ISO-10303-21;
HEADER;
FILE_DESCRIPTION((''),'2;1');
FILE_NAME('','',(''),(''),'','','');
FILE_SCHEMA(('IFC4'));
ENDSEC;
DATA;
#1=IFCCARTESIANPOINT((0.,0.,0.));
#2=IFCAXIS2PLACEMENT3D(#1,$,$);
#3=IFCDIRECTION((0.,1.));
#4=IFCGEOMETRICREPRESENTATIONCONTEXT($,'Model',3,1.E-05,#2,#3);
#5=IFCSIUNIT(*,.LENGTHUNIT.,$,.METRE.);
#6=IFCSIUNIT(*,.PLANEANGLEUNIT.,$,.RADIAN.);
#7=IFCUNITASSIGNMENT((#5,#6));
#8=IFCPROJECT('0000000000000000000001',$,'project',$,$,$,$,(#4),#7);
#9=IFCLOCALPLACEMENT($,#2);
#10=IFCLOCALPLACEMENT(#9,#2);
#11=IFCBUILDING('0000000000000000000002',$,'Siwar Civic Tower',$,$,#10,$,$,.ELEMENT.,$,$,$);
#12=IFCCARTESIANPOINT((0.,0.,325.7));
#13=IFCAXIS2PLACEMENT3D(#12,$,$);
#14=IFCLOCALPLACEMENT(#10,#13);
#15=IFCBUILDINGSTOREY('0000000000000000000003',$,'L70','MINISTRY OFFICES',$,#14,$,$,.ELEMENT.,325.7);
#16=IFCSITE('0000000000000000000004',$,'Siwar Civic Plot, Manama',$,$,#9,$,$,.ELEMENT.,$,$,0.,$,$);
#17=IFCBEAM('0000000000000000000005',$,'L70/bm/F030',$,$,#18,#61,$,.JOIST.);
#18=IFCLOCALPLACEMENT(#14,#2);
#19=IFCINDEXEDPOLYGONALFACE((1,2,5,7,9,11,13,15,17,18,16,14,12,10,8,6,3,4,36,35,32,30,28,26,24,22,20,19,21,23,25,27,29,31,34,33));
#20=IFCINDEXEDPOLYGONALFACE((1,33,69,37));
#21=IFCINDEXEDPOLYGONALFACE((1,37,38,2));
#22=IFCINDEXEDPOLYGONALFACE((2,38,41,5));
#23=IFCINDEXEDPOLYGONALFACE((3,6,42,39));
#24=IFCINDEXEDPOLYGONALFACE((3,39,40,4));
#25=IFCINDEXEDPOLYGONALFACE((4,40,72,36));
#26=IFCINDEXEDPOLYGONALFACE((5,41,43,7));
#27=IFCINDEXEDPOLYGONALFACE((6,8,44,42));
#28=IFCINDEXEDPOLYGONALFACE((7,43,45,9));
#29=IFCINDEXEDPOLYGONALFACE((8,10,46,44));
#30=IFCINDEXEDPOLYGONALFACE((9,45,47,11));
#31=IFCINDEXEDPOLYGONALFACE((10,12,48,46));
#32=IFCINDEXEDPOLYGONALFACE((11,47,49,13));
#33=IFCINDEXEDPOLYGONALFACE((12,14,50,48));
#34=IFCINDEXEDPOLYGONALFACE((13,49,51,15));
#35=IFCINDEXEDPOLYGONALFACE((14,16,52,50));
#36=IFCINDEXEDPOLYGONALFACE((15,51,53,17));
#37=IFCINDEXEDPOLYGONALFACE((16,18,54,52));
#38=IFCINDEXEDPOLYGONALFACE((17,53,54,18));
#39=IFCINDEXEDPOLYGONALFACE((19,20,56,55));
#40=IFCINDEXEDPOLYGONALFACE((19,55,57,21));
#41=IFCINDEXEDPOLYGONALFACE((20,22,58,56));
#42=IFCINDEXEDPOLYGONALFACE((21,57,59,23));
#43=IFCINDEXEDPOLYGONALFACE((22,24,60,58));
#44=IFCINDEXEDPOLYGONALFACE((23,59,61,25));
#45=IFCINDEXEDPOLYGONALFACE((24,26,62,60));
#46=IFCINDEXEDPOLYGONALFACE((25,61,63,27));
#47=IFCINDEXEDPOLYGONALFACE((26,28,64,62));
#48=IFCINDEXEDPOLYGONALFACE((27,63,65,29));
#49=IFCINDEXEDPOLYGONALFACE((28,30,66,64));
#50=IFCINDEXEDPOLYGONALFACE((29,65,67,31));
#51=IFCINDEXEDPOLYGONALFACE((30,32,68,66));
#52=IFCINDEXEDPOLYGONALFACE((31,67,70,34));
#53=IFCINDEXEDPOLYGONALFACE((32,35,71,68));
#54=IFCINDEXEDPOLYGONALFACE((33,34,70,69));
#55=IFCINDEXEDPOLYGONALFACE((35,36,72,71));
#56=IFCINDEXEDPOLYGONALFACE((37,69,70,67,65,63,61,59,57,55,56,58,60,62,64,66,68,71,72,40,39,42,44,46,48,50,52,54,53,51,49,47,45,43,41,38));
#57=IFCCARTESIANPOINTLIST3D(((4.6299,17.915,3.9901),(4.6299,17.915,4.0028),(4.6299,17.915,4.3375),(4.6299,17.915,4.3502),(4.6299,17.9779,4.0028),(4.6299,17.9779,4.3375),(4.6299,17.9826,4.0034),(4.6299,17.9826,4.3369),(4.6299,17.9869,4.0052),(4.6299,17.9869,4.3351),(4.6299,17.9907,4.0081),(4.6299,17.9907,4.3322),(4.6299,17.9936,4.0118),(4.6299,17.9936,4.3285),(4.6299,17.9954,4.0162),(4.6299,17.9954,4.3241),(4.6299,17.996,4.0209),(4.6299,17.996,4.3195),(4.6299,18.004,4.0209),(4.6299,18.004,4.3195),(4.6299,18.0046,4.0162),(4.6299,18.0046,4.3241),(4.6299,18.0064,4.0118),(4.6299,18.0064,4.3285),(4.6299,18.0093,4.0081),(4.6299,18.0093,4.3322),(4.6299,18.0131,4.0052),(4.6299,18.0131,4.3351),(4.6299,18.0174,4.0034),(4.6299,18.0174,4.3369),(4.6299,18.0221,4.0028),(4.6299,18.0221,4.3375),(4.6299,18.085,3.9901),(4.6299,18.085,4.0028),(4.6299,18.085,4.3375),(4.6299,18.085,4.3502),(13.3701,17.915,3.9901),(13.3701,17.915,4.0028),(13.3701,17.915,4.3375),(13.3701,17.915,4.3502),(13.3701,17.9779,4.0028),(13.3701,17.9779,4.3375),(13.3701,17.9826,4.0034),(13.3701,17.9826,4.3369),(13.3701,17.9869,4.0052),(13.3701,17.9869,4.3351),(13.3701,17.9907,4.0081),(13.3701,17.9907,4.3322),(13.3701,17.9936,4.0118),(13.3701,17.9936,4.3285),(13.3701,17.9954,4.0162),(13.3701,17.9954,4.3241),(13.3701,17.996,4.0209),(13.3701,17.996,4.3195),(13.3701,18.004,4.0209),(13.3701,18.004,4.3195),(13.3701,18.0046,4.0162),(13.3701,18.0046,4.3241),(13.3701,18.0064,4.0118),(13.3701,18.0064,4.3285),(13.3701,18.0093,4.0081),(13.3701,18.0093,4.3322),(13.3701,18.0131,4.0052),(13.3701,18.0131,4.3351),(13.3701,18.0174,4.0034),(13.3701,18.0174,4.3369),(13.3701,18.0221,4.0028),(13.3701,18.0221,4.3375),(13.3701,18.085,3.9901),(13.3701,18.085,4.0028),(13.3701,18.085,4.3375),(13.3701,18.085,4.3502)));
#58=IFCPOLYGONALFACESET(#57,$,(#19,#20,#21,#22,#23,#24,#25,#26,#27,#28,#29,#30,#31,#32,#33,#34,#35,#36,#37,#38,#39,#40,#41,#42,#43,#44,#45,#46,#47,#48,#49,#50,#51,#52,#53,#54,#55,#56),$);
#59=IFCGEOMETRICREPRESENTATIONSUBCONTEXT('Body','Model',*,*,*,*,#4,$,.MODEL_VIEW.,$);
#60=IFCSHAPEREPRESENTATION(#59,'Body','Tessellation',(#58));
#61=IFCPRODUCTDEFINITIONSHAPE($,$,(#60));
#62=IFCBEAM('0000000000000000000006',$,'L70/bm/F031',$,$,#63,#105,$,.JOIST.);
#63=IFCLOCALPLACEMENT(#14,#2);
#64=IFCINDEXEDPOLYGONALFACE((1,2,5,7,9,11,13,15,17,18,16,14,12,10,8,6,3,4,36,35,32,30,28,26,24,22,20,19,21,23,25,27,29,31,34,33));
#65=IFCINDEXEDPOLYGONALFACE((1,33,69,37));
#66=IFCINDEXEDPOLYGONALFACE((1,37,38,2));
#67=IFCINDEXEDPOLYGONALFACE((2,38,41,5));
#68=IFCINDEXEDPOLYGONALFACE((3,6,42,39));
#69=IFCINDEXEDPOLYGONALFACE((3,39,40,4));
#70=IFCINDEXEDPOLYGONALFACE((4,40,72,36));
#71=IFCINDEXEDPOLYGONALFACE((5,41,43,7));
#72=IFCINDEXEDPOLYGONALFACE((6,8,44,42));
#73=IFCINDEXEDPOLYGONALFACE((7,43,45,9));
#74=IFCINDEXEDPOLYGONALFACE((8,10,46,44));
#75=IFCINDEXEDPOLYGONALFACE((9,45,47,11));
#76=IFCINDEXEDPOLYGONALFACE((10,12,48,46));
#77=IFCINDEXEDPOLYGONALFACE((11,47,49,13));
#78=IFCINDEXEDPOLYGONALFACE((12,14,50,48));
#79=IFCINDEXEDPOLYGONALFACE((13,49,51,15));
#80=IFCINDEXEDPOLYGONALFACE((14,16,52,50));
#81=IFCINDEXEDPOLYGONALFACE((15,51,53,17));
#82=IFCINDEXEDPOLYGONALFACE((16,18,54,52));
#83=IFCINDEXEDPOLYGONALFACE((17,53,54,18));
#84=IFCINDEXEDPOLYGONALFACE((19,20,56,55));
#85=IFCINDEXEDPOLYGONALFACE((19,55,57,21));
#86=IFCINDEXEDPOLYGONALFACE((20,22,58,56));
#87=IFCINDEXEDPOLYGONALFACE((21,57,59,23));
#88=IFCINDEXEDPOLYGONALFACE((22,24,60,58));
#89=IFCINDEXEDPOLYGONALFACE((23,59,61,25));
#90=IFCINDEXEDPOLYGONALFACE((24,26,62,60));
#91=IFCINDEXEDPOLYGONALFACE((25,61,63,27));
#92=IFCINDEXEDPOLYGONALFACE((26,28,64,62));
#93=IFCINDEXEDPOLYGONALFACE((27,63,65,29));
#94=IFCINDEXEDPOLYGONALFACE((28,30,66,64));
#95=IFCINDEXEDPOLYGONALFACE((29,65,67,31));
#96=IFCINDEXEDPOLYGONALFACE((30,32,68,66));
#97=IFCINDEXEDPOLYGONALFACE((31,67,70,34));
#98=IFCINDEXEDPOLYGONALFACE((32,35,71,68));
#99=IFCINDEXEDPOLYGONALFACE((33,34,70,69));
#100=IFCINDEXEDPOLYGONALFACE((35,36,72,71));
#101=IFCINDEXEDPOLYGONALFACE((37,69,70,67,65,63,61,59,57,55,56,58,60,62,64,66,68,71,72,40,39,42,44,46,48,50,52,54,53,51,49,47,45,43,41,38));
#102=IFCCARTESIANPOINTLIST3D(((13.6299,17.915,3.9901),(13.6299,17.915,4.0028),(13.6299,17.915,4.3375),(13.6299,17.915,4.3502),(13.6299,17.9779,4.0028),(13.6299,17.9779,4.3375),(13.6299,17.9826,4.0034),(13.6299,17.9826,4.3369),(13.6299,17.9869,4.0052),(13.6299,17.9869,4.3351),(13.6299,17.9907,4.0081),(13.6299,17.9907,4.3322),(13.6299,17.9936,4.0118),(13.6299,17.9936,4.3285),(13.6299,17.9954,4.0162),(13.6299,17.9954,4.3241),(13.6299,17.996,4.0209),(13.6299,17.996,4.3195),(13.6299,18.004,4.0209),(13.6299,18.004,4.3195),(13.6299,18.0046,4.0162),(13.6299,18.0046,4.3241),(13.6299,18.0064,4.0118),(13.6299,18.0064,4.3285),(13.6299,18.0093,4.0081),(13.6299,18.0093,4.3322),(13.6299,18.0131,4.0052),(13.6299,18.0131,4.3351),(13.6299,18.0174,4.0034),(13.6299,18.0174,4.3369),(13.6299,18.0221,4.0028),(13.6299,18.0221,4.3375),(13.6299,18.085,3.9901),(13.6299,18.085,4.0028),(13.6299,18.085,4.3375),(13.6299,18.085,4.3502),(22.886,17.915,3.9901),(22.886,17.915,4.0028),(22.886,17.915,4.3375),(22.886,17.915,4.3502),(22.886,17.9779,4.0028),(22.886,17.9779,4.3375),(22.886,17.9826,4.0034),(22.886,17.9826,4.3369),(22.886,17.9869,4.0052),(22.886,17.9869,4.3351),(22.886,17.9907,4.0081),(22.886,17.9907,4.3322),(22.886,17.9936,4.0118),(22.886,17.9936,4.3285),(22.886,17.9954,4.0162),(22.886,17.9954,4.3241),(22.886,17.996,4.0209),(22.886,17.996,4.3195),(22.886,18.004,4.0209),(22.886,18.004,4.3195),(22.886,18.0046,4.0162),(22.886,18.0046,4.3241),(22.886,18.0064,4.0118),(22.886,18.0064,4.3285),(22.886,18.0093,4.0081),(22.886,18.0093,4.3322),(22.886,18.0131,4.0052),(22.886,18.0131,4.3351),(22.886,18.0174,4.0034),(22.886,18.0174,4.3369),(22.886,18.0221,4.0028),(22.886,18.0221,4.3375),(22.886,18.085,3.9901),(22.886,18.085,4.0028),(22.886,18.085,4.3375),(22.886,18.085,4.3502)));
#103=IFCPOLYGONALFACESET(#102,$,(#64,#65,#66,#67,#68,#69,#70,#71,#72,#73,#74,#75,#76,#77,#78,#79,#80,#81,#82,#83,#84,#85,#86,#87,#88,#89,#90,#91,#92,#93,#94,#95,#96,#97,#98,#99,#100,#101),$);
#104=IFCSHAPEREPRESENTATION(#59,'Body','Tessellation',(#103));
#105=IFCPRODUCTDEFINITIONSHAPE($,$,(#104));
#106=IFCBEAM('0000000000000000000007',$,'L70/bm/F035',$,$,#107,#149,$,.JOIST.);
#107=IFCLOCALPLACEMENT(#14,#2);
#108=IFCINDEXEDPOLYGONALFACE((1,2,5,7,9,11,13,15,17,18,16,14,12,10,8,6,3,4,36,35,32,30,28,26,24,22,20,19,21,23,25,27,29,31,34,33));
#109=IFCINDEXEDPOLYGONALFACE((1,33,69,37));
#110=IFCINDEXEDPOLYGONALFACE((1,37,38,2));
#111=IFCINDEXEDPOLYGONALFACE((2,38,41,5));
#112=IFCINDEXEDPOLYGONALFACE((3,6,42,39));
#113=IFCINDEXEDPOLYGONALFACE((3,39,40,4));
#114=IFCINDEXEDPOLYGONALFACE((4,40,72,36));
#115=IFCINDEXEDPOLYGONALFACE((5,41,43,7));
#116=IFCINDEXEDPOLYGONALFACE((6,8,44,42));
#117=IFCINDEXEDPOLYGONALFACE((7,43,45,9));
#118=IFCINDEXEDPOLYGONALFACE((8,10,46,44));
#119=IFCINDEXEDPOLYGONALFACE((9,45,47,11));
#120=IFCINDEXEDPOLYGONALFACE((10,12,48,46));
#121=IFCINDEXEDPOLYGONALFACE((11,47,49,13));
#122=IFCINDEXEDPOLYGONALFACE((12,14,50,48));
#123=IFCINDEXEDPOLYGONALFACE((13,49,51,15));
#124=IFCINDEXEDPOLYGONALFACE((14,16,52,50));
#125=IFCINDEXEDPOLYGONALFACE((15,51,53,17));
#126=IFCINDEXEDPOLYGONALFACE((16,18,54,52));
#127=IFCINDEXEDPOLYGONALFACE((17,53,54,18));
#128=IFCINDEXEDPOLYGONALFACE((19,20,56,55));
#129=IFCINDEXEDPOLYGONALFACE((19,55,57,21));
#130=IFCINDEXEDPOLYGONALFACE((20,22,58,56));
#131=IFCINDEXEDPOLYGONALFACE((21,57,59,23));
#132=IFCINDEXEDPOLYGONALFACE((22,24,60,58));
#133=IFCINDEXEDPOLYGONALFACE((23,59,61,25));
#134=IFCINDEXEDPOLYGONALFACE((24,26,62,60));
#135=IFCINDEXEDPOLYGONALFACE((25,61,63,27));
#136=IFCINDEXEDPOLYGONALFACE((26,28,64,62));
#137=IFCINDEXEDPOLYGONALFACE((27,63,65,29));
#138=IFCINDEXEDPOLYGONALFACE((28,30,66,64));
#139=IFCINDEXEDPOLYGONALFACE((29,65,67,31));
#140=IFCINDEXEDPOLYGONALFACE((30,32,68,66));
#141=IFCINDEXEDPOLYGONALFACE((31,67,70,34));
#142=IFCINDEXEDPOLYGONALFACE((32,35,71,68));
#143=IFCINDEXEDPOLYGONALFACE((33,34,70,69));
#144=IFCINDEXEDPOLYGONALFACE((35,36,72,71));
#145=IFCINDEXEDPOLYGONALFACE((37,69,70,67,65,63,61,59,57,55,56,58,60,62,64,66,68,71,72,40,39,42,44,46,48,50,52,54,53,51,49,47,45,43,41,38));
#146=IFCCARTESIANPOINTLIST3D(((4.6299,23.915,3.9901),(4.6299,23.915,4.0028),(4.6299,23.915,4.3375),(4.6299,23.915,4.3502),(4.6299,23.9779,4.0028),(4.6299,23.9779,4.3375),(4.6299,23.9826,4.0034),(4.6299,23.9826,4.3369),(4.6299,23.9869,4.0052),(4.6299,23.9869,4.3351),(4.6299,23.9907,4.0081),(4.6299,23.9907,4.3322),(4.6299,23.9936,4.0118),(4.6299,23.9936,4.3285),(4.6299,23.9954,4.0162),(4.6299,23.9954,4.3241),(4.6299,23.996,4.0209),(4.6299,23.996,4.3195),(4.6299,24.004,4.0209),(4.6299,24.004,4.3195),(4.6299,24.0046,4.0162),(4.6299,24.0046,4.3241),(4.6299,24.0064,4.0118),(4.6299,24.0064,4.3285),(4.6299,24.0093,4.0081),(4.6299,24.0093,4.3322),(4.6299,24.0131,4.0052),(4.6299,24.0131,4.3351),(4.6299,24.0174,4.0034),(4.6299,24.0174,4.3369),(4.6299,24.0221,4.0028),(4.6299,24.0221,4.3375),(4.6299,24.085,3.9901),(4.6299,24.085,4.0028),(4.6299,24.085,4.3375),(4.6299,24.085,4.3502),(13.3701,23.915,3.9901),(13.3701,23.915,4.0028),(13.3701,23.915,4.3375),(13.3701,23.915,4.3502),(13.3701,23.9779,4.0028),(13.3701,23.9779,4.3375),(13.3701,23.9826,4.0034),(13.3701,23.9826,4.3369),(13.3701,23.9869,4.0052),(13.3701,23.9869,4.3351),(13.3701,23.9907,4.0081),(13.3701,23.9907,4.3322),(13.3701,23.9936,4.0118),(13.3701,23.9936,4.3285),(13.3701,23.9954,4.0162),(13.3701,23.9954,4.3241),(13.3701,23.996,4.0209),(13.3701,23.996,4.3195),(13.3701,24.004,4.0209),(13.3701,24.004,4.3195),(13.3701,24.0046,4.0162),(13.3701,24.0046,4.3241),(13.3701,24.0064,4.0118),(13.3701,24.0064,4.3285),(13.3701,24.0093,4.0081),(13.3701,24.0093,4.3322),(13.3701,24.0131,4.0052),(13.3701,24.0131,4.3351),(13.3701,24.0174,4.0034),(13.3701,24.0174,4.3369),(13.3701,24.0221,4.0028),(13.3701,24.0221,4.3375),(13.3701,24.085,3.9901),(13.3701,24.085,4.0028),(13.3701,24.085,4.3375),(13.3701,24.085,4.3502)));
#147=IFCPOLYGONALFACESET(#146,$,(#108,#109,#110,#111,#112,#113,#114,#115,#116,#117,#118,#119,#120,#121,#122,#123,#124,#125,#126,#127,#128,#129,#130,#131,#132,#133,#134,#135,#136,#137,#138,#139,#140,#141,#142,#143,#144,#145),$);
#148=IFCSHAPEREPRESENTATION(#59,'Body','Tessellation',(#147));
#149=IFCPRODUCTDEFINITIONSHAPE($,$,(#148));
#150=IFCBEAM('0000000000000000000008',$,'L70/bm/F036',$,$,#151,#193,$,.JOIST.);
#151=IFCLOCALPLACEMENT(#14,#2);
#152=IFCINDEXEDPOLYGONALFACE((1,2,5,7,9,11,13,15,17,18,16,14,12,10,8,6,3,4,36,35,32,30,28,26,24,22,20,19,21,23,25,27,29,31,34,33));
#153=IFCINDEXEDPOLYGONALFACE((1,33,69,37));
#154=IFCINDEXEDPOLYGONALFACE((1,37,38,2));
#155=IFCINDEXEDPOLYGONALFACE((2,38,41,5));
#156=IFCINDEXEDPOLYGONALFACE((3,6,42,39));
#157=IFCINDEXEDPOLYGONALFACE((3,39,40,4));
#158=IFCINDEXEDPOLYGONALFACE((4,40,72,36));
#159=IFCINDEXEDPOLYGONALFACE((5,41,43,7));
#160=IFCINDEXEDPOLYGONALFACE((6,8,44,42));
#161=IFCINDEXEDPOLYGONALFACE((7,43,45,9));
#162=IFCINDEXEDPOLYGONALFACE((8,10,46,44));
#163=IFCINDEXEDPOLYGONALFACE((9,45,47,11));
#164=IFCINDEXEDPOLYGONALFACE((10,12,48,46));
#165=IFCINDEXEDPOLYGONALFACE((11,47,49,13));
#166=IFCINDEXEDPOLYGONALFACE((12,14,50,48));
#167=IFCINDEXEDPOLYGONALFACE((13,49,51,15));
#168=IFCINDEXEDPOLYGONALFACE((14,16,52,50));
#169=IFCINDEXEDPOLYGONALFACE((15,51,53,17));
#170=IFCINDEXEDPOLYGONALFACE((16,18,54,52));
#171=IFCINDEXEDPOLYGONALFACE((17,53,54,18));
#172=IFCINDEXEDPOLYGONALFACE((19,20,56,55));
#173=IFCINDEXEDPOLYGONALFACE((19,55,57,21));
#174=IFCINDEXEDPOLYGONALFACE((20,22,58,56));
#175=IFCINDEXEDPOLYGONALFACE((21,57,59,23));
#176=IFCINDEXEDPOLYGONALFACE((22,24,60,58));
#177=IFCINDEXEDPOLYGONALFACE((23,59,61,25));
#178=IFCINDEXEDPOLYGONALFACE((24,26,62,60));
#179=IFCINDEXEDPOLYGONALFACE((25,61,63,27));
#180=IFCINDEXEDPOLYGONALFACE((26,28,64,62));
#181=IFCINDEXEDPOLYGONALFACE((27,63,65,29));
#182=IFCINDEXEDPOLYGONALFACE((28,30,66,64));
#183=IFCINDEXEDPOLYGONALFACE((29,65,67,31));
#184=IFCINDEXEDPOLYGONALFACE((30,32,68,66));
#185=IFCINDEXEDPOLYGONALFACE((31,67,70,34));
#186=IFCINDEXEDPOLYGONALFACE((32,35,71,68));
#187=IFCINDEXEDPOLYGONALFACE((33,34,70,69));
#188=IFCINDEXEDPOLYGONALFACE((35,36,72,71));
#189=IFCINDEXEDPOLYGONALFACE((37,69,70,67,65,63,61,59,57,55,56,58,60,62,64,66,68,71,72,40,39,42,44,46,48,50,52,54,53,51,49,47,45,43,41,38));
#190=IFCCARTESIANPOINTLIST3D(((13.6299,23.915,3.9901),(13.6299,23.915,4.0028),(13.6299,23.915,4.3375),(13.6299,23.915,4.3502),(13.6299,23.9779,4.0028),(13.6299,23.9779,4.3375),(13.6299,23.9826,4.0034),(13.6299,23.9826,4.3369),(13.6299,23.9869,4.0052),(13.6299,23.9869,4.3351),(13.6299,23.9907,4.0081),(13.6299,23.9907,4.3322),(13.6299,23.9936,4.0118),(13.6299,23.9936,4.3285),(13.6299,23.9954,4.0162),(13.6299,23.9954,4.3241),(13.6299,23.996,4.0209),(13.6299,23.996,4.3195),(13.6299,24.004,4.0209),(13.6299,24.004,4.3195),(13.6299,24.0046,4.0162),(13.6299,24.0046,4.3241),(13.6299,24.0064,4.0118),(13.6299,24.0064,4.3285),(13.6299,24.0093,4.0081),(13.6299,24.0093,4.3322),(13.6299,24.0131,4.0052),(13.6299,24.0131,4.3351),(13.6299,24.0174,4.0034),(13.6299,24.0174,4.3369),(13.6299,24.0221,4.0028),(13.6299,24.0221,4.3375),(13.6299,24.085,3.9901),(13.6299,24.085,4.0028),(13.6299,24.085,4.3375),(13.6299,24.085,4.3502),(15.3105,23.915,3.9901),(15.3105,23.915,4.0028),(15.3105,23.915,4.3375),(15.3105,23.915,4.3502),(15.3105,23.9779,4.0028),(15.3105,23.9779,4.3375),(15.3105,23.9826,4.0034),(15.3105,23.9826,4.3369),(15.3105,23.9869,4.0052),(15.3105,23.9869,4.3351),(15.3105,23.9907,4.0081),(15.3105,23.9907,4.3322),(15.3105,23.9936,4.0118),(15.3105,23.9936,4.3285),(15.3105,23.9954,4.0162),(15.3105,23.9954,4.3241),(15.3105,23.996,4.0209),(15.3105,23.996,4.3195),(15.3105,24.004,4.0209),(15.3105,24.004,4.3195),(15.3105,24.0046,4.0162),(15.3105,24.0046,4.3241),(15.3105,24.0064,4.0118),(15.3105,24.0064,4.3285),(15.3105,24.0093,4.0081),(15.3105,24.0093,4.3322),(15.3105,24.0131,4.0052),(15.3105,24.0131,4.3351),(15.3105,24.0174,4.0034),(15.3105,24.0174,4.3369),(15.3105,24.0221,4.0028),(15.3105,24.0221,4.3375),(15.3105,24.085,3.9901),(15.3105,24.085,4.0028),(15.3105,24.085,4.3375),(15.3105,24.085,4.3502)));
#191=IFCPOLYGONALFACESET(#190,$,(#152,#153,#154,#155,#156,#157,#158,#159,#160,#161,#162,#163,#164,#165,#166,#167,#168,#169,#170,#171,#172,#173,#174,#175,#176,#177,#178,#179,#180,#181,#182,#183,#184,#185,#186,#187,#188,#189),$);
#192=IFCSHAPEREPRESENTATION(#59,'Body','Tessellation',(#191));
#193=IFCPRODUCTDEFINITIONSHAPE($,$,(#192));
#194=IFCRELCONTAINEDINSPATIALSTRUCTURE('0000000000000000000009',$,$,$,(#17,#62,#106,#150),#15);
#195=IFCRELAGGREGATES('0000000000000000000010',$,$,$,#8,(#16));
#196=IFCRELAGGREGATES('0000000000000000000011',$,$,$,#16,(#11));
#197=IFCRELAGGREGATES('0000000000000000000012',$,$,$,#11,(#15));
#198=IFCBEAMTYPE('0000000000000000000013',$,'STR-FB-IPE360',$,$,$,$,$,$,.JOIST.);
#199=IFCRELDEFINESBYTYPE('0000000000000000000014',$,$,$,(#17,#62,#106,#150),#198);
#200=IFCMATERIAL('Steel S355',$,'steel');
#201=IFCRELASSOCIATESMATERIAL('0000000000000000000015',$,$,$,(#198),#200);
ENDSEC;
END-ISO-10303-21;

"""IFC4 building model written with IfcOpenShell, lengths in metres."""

from ifc_helpers import new_model, si_unit, direction, frame, origin, origin_2d, place, context, subcontext, project, spatial, i_section, extrude, material, material_profile, profile_set, type_object, element, save


model = new_model("IFC4")

# Units and contexts
model_context = context("Model", 3, precision=1e-05, world=origin(), true_north=direction((0.0, 1.0)))
body_context = subcontext(model_context, "Body", "Model", "MODEL_VIEW")
ifc_project = project(units=[si_unit("LENGTHUNIT", "METRE"), si_unit("PLANEANGLEUNIT", "RADIAN")], contexts=[model_context])

# Site, building, storey
site_placement = place(None, origin())
site = spatial("IfcSite", under=ifc_project, at=site_placement, Name="Siwar Civic Plot, Manama", CompositionType="ELEMENT", RefElevation=0.0)
building_placement = place(site_placement, origin())
building = spatial("IfcBuilding", under=site, at=building_placement, Name="Siwar Civic Tower", CompositionType="ELEMENT")
storey_placement = place(building_placement, frame((0.0, 0.0, 325.7)))
storey = spatial("IfcBuildingStorey", under=building, at=storey_placement, Name="L70", Description="MINISTRY OFFICES", CompositionType="ELEMENT", Elevation=325.7)

# Beams
ifc_material_1 = material(Name="Steel S355", Category="steel")
ifc_material_profile_1 = material_profile(ifc_material_1, i_section(OverallWidth=0.1699, OverallDepth=0.3601, WebThickness=0.0081, FlangeThickness=0.0127, FilletRadius=0.0181, at=origin_2d()), Name="IPE360")
ifc_profile_set_1 = profile_set([ifc_material_profile_1], Name="Steel S355")
beam_type_1 = type_object("IfcBeamType", Name="STR-FB-IPE360", PredefinedType="JOIST", material=ifc_profile_set_1)
beam_1_placement = place(storey_placement, frame((4.6299, 18.0, 4.1702), z_axis=(1.0, 0.0, 0.0), x_axis=(0.0, 1.0, 0.0)))
element("IfcBeam", 1, at=beam_1_placement, inside=storey, type_object=beam_type_1, Name="L70/bm/F030", PredefinedType="JOIST", context=body_context, shape_type="SweptSolid", body=[
    extrude(i_section(OverallWidth=0.1699, OverallDepth=0.3601, WebThickness=0.0081, FlangeThickness=0.0127, FilletRadius=0.0181, at=origin_2d()), origin(), (0.0, 0.0, 1.0), 8.7402),
])
beam_2_placement = place(storey_placement, frame((13.6299, 18.0, 4.1702), z_axis=(1.0, 0.0, 0.0), x_axis=(0.0, 1.0, 0.0)))
element("IfcBeam", 2, at=beam_2_placement, inside=storey, type_object=beam_type_1, Name="L70/bm/F031", PredefinedType="JOIST", context=body_context, shape_type="SweptSolid", body=[
    extrude(i_section(OverallWidth=0.1699, OverallDepth=0.3601, WebThickness=0.0081, FlangeThickness=0.0127, FilletRadius=0.0181, at=origin_2d()), origin(), (0.0, 0.0, 1.0), 9.2561),
])
beam_3_placement = place(storey_placement, frame((4.6299, 24.0, 4.1702), z_axis=(1.0, 0.0, 0.0), x_axis=(0.0, 1.0, 0.0)))
element("IfcBeam", 3, at=beam_3_placement, inside=storey, type_object=beam_type_1, Name="L70/bm/F035", PredefinedType="JOIST", context=body_context, shape_type="SweptSolid", body=[
    extrude(i_section(OverallWidth=0.1699, OverallDepth=0.3601, WebThickness=0.0081, FlangeThickness=0.0127, FilletRadius=0.0181, at=origin_2d()), origin(), (0.0, 0.0, 1.0), 8.7402),
])
beam_4_placement = place(storey_placement, frame((13.6299, 24.0, 4.1702), z_axis=(1.0, 0.0, 0.0), x_axis=(0.0, 1.0, 0.0)))
element("IfcBeam", 4, at=beam_4_placement, inside=storey, type_object=beam_type_1, Name="L70/bm/F036", PredefinedType="JOIST", context=body_context, shape_type="SweptSolid", body=[
    extrude(i_section(OverallWidth=0.1699, OverallDepth=0.3601, WebThickness=0.0081, FlangeThickness=0.0127, FilletRadius=0.0181, at=origin_2d()), origin(), (0.0, 0.0, 1.0), 1.6807),
])

save(model, "model.ifc")
